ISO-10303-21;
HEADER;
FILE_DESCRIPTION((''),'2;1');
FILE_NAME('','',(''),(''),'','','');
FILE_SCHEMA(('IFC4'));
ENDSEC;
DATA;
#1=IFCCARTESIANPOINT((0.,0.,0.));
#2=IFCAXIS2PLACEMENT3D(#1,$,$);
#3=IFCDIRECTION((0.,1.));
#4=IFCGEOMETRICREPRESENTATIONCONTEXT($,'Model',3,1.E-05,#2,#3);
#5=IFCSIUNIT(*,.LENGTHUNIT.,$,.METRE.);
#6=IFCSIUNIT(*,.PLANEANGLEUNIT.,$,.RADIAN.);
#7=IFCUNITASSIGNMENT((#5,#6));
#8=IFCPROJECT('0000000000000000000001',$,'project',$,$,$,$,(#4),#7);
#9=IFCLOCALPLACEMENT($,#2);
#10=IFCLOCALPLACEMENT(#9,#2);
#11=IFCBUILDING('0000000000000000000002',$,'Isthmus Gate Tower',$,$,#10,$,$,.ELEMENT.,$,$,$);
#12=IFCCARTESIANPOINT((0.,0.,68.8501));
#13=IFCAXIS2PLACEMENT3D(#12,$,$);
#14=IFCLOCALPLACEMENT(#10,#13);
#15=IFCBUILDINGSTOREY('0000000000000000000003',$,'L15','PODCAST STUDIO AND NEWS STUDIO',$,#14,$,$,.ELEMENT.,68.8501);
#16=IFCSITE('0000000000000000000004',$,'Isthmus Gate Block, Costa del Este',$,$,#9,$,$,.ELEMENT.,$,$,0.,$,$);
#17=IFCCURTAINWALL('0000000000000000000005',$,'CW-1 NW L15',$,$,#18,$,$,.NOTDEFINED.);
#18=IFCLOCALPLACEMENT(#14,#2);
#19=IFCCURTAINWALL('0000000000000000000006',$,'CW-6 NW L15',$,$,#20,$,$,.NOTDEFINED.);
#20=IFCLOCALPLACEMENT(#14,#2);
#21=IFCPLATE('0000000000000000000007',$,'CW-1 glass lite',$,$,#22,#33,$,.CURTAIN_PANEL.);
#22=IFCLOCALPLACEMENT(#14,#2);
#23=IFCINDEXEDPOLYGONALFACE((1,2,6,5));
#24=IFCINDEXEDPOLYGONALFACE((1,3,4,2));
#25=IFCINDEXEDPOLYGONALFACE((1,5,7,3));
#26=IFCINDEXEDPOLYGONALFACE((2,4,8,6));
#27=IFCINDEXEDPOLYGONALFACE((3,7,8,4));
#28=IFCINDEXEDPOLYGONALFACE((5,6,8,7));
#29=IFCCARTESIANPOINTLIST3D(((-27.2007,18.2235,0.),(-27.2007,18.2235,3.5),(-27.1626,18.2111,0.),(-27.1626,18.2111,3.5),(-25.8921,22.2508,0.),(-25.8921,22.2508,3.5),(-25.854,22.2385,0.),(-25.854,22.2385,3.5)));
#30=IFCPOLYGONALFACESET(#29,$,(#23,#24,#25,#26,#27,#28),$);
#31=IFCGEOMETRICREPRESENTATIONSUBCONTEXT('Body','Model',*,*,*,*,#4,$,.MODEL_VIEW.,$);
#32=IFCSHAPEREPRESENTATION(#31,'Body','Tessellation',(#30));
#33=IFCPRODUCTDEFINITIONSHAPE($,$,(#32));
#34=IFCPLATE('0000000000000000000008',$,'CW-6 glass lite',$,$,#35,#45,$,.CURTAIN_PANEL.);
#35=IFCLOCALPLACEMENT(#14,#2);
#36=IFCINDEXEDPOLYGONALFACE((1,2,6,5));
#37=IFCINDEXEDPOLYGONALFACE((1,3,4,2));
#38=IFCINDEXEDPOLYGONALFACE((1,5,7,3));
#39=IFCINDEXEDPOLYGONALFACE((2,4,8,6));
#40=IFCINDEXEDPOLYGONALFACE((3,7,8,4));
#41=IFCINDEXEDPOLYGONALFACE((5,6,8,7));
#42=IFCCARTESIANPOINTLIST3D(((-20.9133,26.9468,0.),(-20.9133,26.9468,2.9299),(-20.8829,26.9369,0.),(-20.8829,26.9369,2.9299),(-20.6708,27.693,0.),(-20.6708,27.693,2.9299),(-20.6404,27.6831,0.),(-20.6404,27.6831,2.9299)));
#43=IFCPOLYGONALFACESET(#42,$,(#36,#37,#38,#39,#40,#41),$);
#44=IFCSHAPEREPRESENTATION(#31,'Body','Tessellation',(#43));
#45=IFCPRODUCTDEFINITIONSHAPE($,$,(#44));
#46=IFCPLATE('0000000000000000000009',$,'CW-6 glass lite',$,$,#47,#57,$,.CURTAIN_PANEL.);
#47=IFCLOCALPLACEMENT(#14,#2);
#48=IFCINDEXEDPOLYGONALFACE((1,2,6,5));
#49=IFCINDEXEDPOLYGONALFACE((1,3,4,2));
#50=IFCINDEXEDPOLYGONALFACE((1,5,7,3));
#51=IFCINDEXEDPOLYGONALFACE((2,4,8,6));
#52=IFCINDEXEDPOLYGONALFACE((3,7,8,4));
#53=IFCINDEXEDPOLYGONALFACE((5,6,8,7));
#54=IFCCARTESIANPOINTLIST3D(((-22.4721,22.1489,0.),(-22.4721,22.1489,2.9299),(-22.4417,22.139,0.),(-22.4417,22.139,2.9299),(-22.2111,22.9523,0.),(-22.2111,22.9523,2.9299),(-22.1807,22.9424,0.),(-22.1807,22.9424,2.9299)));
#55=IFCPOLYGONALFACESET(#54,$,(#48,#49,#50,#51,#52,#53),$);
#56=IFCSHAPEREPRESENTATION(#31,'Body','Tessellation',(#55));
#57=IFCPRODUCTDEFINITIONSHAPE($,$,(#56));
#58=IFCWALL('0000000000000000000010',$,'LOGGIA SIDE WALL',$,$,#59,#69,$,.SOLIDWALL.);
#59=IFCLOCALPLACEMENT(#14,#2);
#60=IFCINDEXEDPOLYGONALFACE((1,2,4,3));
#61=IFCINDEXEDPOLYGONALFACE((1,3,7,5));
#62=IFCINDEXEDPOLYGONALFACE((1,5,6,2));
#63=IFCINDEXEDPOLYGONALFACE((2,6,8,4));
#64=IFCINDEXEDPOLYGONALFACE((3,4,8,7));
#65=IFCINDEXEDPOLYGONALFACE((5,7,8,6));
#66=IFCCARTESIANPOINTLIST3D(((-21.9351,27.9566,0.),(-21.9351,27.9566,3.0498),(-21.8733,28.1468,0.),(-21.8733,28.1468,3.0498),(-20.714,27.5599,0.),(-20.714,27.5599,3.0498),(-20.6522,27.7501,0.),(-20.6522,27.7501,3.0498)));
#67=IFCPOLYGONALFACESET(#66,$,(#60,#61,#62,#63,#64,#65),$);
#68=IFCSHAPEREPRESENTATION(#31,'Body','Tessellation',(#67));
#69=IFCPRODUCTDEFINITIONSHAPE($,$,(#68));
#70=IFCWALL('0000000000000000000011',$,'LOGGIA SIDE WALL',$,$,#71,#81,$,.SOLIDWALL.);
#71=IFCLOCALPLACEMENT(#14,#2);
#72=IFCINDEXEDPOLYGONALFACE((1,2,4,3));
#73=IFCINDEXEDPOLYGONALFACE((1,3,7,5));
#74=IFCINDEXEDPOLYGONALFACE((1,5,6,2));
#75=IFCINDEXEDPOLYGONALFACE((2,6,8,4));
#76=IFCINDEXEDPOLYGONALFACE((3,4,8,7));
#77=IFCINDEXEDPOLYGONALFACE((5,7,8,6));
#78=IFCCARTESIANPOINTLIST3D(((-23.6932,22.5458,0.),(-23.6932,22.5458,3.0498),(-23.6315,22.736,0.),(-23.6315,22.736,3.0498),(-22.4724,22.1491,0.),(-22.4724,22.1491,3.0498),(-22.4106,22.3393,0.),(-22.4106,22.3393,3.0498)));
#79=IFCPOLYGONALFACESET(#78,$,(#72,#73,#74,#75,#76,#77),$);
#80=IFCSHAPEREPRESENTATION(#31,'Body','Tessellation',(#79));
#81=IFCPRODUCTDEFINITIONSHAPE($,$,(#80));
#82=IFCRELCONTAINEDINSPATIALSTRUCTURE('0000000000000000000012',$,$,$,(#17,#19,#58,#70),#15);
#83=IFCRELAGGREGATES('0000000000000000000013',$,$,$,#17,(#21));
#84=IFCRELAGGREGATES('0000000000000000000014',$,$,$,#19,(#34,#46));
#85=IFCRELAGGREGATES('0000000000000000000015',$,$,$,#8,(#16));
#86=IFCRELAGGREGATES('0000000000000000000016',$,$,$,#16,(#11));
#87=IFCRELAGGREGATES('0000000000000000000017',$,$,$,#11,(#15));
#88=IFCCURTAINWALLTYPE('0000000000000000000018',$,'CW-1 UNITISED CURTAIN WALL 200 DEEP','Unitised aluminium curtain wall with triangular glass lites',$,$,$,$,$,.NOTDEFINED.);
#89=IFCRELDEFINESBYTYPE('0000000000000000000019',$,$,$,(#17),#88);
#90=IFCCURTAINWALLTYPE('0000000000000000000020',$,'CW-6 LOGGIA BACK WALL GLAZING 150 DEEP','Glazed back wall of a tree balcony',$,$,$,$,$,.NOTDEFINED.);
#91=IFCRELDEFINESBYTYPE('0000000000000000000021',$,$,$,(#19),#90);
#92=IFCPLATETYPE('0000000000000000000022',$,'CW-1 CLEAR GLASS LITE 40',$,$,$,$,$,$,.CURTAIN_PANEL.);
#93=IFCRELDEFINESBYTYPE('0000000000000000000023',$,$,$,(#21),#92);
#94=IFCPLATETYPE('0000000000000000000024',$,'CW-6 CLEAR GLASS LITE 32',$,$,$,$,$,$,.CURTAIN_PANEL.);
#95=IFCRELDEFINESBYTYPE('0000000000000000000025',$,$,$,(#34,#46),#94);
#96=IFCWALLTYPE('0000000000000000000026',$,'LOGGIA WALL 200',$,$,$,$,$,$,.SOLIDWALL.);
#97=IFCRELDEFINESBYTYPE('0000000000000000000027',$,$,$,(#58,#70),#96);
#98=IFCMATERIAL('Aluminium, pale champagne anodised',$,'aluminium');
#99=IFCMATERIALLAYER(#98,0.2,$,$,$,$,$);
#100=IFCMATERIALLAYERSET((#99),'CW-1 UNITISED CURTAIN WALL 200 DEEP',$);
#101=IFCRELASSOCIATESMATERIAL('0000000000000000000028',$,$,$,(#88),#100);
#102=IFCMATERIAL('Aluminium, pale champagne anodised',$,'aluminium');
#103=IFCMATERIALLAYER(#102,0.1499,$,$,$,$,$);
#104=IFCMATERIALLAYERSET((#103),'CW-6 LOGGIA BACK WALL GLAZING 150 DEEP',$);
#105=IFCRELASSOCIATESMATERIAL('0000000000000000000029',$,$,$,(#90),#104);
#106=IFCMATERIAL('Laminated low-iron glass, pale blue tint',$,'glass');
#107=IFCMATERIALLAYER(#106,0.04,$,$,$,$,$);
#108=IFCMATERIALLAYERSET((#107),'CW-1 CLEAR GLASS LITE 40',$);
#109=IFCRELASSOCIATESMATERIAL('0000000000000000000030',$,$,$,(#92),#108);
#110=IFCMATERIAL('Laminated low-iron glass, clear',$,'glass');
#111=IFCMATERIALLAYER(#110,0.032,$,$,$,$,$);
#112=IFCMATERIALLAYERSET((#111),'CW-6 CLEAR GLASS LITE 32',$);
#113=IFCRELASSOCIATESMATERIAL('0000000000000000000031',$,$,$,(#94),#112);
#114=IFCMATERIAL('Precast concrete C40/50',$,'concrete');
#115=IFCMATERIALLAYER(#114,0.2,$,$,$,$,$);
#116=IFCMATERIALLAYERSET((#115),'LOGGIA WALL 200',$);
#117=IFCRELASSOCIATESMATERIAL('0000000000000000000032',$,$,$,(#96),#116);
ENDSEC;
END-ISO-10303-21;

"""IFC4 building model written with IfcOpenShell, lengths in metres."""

from ifc_helpers import new_model, si_unit, direction, frame, frame_2d, origin, origin_2d, place, context, subcontext, project, spatial, rectangle, extrude, material, layer, layer_set, type_object, element, aggregate, save


model = new_model("IFC4")

# Units and contexts
model_context = context("Model", 3, precision=1e-05, world=origin(), true_north=direction((0.0, 1.0)))
body_context = subcontext(model_context, "Body", "Model", "MODEL_VIEW")
ifc_project = project(units=[si_unit("LENGTHUNIT", "METRE"), si_unit("PLANEANGLEUNIT", "RADIAN")], contexts=[model_context])

# Site, building, storey
site_placement = place(None, origin())
site = spatial("IfcSite", under=ifc_project, at=site_placement, Name="Isthmus Gate Block, Costa del Este", CompositionType="ELEMENT", RefElevation=0.0)
building_placement = place(site_placement, origin())
building = spatial("IfcBuilding", under=site, at=building_placement, Name="Isthmus Gate Tower", CompositionType="ELEMENT")
storey_placement = place(building_placement, frame((0.0, 0.0, 68.8501)))
storey = spatial("IfcBuildingStorey", under=building, at=storey_placement, Name="L15", Description="PODCAST STUDIO AND NEWS STUDIO", CompositionType="ELEMENT", Elevation=68.8501)

# Curtain wall
ifc_material_1 = material(Name="Aluminium, pale champagne anodised", Category="aluminium")
ifc_layer_1 = layer(ifc_material_1, 0.2)
ifc_layer_set_1 = layer_set([ifc_layer_1], Name="CW-1 UNITISED CURTAIN WALL 200 DEEP")
curtain_wall_type_1 = type_object("IfcCurtainWallType", Name="CW-1 UNITISED CURTAIN WALL 200 DEEP", Description="Unitised aluminium curtain wall with triangular glass lites", PredefinedType="NOTDEFINED", material=ifc_layer_set_1)
curtain_wall_1_placement = place(storey_placement, origin())
curtain_wall_1 = element("IfcCurtainWall", 1, at=curtain_wall_1_placement, inside=storey, type_object=curtain_wall_type_1, Name="CW-1 NW L15", PredefinedType="NOTDEFINED")

# Curtain wall
ifc_material_2 = material(Name="Aluminium, pale champagne anodised", Category="aluminium")
ifc_layer_2 = layer(ifc_material_2, 0.1499)
ifc_layer_set_2 = layer_set([ifc_layer_2], Name="CW-6 LOGGIA BACK WALL GLAZING 150 DEEP")
curtain_wall_type_2 = type_object("IfcCurtainWallType", Name="CW-6 LOGGIA BACK WALL GLAZING 150 DEEP", Description="Glazed back wall of a tree balcony", PredefinedType="NOTDEFINED", material=ifc_layer_set_2)
curtain_wall_2_placement = place(storey_placement, origin())
curtain_wall_2 = element("IfcCurtainWall", 2, at=curtain_wall_2_placement, inside=storey, type_object=curtain_wall_type_2, Name="CW-6 NW L15", PredefinedType="NOTDEFINED")

# Plates
ifc_material_3 = material(Name="Laminated low-iron glass, pale blue tint", Category="glass")
ifc_layer_3 = layer(ifc_material_3, 0.04)
ifc_layer_set_3 = layer_set([ifc_layer_3], Name="CW-1 CLEAR GLASS LITE 40")
plate_type_1 = type_object("IfcPlateType", Name="CW-1 CLEAR GLASS LITE 40", PredefinedType="CURTAIN_PANEL", material=ifc_layer_set_3)
plate_1_placement = place(storey_placement, frame((-26.5273, 20.231, 0.0), z_axis=(0.0, 0.0, 1.0), x_axis=(-0.309017, -0.951057, 0.0)))
plate_1 = element("IfcPlate", 3, at=plate_1_placement, type_object=plate_type_1, Name="CW-1 glass lite", PredefinedType="CURTAIN_PANEL", context=body_context, shape_type="SweptSolid", body=[
    extrude(rectangle(XDim=4.2346, YDim=0.04, at=origin_2d()), origin(), (0.0, 0.0, 1.0), 3.5),
])
aggregate(curtain_wall_1, [plate_1])
ifc_material_4 = material(Name="Laminated low-iron glass, clear", Category="glass")
ifc_layer_4 = layer(ifc_material_4, 0.032)
ifc_layer_set_4 = layer_set([ifc_layer_4], Name="CW-6 CLEAR GLASS LITE 32")
plate_type_2 = type_object("IfcPlateType", Name="CW-6 CLEAR GLASS LITE 32", PredefinedType="CURTAIN_PANEL", material=ifc_layer_set_4)
plate_2_placement = place(storey_placement, frame((-20.7769, 27.3149, 0.0), z_axis=(0.0, 0.0, 1.0), x_axis=(-0.309017, -0.951057, 0.0)))
plate_2 = element("IfcPlate", 4, at=plate_2_placement, type_object=plate_type_2, Name="CW-6 glass lite", PredefinedType="CURTAIN_PANEL", context=body_context, shape_type="SweptSolid", body=[
    extrude(rectangle(XDim=0.7847, YDim=0.032, at=origin_2d()), origin(), (0.0, 0.0, 1.0), 2.9299),
])
plate_3_placement = place(storey_placement, frame((-22.3264, 22.5457, 0.0), z_axis=(0.0, 0.0, 1.0), x_axis=(-0.309017, -0.951057, 0.0)))
plate_3 = element("IfcPlate", 5, at=plate_3_placement, type_object=plate_type_2, Name="CW-6 glass lite", PredefinedType="CURTAIN_PANEL", context=body_context, shape_type="SweptSolid", body=[
    extrude(rectangle(XDim=0.8447, YDim=0.032, at=origin_2d()), origin(), (0.0, 0.0, 1.0), 2.9299),
])
aggregate(curtain_wall_2, [plate_2, plate_3])

# Shared definitions
ifc_material_5 = material(Name="Precast concrete C40/50", Category="concrete")
ifc_layer_5 = layer(ifc_material_5, 0.2)
ifc_layer_set_5 = layer_set([ifc_layer_5], Name="LOGGIA WALL 200")
wall_type = type_object("IfcWallType", Name="LOGGIA WALL 200", PredefinedType="SOLIDWALL", material=ifc_layer_set_5)

# Walls
wall_1_placement = place(storey_placement, frame((-21.9043, 28.0518, 0.0), z_axis=(0.0, 0.0, 1.0), x_axis=(0.95107, -0.308974, 0.0)))
element("IfcWall", 6, at=wall_1_placement, inside=storey, type_object=wall_type, Name="LOGGIA SIDE WALL", PredefinedType="SOLIDWALL", context=body_context, shape_type="SweptSolid", body=[
    extrude(rectangle(XDim=1.2839, YDim=0.2, at=frame_2d((0.6421, 0.0))), origin(), (0.0, 0.0, 1.0), 3.0498),
])
wall_2_placement = place(storey_placement, frame((-23.6624, 22.6409, 0.0), z_axis=(0.0, 0.0, 1.0), x_axis=(0.951052, -0.30903, 0.0)))
element("IfcWall", 7, at=wall_2_placement, inside=storey, type_object=wall_type, Name="LOGGIA SIDE WALL", PredefinedType="SOLIDWALL", context=body_context, shape_type="SweptSolid", body=[
    extrude(rectangle(XDim=1.2837, YDim=0.2, at=frame_2d((0.6418, 0.0))), origin(), (0.0, 0.0, 1.0), 3.0498),
])

save(model, "model.ifc")
